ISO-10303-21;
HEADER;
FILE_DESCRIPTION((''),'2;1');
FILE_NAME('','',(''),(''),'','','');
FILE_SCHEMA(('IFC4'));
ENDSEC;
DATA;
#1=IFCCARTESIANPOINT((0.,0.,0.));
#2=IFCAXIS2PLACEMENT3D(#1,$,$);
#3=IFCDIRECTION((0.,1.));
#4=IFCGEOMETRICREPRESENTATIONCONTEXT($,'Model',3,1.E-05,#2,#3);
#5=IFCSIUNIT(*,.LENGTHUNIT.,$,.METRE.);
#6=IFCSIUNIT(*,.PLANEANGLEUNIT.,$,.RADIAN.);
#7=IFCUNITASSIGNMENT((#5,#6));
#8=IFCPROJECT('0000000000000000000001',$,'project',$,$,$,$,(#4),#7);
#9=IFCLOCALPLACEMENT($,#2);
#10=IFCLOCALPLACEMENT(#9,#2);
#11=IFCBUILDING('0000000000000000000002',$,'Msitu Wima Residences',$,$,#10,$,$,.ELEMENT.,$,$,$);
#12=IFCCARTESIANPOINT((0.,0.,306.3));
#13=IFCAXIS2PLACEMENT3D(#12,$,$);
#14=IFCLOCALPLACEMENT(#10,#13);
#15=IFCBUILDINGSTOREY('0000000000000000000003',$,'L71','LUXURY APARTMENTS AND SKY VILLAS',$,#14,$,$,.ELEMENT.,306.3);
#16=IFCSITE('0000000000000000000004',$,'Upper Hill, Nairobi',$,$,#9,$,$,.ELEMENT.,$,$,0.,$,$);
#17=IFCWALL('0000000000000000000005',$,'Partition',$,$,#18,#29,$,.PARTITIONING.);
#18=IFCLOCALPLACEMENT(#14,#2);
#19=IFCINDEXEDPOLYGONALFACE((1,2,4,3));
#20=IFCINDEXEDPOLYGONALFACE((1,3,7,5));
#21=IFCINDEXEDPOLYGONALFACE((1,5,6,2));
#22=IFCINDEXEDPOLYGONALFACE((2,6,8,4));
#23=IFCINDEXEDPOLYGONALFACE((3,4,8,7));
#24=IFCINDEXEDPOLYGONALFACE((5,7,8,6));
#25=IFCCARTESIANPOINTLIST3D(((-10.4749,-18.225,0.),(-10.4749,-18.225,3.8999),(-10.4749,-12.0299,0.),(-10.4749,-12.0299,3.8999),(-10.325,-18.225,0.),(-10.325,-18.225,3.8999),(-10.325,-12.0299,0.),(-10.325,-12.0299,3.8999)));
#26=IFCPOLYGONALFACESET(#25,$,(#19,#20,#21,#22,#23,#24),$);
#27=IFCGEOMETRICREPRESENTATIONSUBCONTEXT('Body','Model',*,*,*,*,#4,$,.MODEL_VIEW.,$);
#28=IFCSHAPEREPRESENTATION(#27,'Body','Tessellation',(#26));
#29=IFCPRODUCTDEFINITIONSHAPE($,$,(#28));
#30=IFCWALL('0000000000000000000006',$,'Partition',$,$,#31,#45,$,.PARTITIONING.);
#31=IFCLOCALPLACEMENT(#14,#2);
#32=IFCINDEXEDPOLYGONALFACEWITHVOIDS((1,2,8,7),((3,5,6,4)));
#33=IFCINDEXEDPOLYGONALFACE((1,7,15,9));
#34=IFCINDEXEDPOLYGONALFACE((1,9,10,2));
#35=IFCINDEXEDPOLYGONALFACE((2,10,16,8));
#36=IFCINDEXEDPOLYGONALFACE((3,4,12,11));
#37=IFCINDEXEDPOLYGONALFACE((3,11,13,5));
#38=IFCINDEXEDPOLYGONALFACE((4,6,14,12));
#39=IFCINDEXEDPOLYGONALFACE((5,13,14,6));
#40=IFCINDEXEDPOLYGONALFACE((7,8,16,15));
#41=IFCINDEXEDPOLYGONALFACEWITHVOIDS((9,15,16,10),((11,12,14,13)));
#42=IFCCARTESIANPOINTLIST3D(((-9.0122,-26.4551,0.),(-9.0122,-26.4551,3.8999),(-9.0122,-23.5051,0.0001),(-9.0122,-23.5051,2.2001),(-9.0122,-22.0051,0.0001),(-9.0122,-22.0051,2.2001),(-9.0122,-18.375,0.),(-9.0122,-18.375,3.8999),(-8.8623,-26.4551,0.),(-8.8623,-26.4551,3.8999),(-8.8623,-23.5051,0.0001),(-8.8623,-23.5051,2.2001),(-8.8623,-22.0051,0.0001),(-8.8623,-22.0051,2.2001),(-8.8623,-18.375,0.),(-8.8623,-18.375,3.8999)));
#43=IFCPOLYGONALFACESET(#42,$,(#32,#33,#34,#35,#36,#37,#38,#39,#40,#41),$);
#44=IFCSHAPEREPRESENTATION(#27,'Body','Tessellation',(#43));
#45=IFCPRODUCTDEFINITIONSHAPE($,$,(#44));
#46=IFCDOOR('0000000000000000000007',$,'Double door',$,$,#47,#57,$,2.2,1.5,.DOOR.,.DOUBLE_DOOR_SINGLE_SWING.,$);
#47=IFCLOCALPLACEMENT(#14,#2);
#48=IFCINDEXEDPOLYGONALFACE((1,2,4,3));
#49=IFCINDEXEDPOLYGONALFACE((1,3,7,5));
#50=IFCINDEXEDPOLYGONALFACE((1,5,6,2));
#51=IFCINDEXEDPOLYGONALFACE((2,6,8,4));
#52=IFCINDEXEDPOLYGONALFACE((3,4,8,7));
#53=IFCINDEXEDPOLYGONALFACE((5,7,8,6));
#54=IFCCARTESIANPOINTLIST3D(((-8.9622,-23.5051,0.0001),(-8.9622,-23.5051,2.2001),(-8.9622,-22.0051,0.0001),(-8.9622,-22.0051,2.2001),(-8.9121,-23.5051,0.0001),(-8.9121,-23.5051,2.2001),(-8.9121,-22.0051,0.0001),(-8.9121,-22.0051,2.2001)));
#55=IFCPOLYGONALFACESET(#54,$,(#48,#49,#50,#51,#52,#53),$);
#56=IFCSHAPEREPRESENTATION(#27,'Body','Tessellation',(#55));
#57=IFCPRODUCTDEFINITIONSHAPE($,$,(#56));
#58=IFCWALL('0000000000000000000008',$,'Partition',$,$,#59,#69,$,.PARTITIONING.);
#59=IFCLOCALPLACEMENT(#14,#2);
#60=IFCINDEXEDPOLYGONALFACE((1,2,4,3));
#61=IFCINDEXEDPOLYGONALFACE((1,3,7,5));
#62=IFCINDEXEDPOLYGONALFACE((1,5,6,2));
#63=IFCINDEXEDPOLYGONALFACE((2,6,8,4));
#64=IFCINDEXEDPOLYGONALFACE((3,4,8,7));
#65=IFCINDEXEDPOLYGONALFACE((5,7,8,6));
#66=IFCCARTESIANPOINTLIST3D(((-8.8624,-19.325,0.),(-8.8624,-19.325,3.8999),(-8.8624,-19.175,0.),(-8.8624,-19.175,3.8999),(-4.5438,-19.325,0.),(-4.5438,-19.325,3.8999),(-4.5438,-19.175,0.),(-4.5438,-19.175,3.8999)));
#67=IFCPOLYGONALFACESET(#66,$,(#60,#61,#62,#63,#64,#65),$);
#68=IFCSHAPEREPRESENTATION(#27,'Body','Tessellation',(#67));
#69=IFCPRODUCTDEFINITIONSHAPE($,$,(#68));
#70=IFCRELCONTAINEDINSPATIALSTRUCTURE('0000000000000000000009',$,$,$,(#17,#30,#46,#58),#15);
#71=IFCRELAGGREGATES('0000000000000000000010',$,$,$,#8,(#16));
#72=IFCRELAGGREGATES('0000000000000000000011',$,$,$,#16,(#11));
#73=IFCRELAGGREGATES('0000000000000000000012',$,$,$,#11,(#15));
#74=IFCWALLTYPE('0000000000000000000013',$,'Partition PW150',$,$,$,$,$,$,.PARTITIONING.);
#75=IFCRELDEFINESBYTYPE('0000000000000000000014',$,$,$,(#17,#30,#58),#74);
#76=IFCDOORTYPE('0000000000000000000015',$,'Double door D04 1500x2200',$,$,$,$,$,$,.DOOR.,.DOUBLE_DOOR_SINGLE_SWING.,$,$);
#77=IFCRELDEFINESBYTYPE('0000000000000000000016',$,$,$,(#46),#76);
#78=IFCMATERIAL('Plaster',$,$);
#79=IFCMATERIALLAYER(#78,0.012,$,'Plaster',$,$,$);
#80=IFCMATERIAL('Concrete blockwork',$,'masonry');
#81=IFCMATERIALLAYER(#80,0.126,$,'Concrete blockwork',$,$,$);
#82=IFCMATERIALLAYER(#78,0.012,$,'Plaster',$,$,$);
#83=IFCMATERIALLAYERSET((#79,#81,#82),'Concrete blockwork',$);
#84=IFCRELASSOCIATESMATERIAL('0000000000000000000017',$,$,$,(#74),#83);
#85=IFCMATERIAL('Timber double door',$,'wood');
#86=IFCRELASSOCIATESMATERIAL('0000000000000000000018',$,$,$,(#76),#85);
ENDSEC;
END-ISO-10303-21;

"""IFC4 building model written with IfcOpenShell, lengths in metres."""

from ifc_helpers import new_model, si_unit, direction, frame, frame_2d, origin, place, context, subcontext, project, spatial, rectangle, extrude, material, layer, layer_set, type_object, element, fill, save


model = new_model("IFC4")

# Units and contexts
model_context = context("Model", 3, precision=1e-05, world=origin(), true_north=direction((0.0, 1.0)))
body_context = subcontext(model_context, "Body", "Model", "MODEL_VIEW")
ifc_project = project(units=[si_unit("LENGTHUNIT", "METRE"), si_unit("PLANEANGLEUNIT", "RADIAN")], contexts=[model_context])

# Site, building, storey
site_placement = place(None, origin())
site = spatial("IfcSite", under=ifc_project, at=site_placement, Name="Upper Hill, Nairobi", CompositionType="ELEMENT", RefElevation=0.0)
building_placement = place(site_placement, origin())
building = spatial("IfcBuilding", under=site, at=building_placement, Name="Msitu Wima Residences", CompositionType="ELEMENT")
storey_placement = place(building_placement, frame((0.0, 0.0, 306.3)))
storey = spatial("IfcBuildingStorey", under=building, at=storey_placement, Name="L71", Description="LUXURY APARTMENTS AND SKY VILLAS", CompositionType="ELEMENT", Elevation=306.3)

# Shared definitions
ifc_material_1 = material(Name="Plaster")
ifc_layer_1 = layer(ifc_material_1, 0.012, Name="Plaster")
ifc_material_2 = material(Name="Concrete blockwork", Category="masonry")
ifc_layer_2 = layer(ifc_material_2, 0.126, Name="Concrete blockwork")
ifc_layer_3 = layer(ifc_material_1, 0.012, Name="Plaster")
ifc_layer_set_1 = layer_set([ifc_layer_1, ifc_layer_2, ifc_layer_3], Name="Concrete blockwork")
wall_type_1 = type_object("IfcWallType", Name="Partition PW150", PredefinedType="PARTITIONING", material=ifc_layer_set_1)
ifc_material_3 = material(Name="Timber double door", Category="wood")
door_type_1 = type_object("IfcDoorType", Name="Double door D04 1500x2200", OperationType="DOUBLE_DOOR_SINGLE_SWING", PredefinedType="DOOR", material=ifc_material_3)

# Wall
wall_1_placement = place(storey_placement, frame((-10.3999, -18.2251, 0.0), z_axis=(0.0, 0.0, 1.0), x_axis=(0.0, 1.0, 0.0)))
element("IfcWall", 1, at=wall_1_placement, inside=storey, type_object=wall_type_1, Name="Partition", PredefinedType="PARTITIONING", context=body_context, shape_type="SweptSolid", body=[
    extrude(rectangle(XDim=6.1951, YDim=0.1499, at=frame_2d((3.0977, 0.0))), origin(), (0.0, 0.0, 1.0), 3.8999),
])

# Wall, opening, door
wall_2_placement = place(storey_placement, frame((-8.9373, -26.4551, 0.0), z_axis=(0.0, 0.0, 1.0), x_axis=(0.0, 1.0, 0.0)))
wall_2 = element("IfcWall", 2, at=wall_2_placement, inside=storey, type_object=wall_type_1, Name="Partition", PredefinedType="PARTITIONING", context=body_context, shape_type="SweptSolid", body=[
    extrude(rectangle(XDim=8.0801, YDim=0.1499, at=frame_2d((4.04, 0.0))), origin(), (0.0, 0.0, 1.0), 3.8999),
])
opening_1_placement = place(wall_2_placement, frame((2.95, 0.0, 0.0)))
opening_1 = element("IfcOpeningElement", 3, at=opening_1_placement, cuts=wall_2, PredefinedType="OPENING", context=body_context, shape_type="SweptSolid", body=[
    extrude(rectangle(XDim=1.5, YDim=2.2, at=frame_2d((0.75, 1.1001))), frame((0.0, 0.085, 0.0), z_axis=(0.0, -1.0, 0.0), x_axis=(1.0, 0.0, 0.0)), (0.0, 0.0, 1.0), 0.1699),
])
door_1_placement = place(opening_1_placement, origin())
door_1 = element("IfcDoor", 4, at=door_1_placement, inside=storey, type_object=door_type_1, Name="Double door", OperationType="DOUBLE_DOOR_SINGLE_SWING", OverallHeight=2.2, OverallWidth=1.5, PredefinedType="DOOR", context=body_context, shape_type="SweptSolid", body=[
    extrude(rectangle(XDim=1.5, YDim=2.2, at=frame_2d((0.75, 1.1001))), frame((0.0, 0.0249, 0.0), z_axis=(0.0, -1.0, 0.0), x_axis=(1.0, 0.0, 0.0)), (0.0, 0.0, 1.0), 0.05),
])
fill(opening_1, door_1)

# Wall
wall_3_placement = place(storey_placement, frame((-8.8623, -19.25, 0.0), z_axis=(0.0, 0.0, 1.0), x_axis=(1.0, 0.0, 0.0)))
element("IfcWall", 5, at=wall_3_placement, inside=storey, type_object=wall_type_1, Name="Partition", PredefinedType="PARTITIONING", context=body_context, shape_type="SweptSolid", body=[
    extrude(rectangle(XDim=4.3186, YDim=0.1499, at=frame_2d((2.1592, 0.0))), origin(), (0.0, 0.0, 1.0), 3.8999),
])

save(model, "model.ifc")
